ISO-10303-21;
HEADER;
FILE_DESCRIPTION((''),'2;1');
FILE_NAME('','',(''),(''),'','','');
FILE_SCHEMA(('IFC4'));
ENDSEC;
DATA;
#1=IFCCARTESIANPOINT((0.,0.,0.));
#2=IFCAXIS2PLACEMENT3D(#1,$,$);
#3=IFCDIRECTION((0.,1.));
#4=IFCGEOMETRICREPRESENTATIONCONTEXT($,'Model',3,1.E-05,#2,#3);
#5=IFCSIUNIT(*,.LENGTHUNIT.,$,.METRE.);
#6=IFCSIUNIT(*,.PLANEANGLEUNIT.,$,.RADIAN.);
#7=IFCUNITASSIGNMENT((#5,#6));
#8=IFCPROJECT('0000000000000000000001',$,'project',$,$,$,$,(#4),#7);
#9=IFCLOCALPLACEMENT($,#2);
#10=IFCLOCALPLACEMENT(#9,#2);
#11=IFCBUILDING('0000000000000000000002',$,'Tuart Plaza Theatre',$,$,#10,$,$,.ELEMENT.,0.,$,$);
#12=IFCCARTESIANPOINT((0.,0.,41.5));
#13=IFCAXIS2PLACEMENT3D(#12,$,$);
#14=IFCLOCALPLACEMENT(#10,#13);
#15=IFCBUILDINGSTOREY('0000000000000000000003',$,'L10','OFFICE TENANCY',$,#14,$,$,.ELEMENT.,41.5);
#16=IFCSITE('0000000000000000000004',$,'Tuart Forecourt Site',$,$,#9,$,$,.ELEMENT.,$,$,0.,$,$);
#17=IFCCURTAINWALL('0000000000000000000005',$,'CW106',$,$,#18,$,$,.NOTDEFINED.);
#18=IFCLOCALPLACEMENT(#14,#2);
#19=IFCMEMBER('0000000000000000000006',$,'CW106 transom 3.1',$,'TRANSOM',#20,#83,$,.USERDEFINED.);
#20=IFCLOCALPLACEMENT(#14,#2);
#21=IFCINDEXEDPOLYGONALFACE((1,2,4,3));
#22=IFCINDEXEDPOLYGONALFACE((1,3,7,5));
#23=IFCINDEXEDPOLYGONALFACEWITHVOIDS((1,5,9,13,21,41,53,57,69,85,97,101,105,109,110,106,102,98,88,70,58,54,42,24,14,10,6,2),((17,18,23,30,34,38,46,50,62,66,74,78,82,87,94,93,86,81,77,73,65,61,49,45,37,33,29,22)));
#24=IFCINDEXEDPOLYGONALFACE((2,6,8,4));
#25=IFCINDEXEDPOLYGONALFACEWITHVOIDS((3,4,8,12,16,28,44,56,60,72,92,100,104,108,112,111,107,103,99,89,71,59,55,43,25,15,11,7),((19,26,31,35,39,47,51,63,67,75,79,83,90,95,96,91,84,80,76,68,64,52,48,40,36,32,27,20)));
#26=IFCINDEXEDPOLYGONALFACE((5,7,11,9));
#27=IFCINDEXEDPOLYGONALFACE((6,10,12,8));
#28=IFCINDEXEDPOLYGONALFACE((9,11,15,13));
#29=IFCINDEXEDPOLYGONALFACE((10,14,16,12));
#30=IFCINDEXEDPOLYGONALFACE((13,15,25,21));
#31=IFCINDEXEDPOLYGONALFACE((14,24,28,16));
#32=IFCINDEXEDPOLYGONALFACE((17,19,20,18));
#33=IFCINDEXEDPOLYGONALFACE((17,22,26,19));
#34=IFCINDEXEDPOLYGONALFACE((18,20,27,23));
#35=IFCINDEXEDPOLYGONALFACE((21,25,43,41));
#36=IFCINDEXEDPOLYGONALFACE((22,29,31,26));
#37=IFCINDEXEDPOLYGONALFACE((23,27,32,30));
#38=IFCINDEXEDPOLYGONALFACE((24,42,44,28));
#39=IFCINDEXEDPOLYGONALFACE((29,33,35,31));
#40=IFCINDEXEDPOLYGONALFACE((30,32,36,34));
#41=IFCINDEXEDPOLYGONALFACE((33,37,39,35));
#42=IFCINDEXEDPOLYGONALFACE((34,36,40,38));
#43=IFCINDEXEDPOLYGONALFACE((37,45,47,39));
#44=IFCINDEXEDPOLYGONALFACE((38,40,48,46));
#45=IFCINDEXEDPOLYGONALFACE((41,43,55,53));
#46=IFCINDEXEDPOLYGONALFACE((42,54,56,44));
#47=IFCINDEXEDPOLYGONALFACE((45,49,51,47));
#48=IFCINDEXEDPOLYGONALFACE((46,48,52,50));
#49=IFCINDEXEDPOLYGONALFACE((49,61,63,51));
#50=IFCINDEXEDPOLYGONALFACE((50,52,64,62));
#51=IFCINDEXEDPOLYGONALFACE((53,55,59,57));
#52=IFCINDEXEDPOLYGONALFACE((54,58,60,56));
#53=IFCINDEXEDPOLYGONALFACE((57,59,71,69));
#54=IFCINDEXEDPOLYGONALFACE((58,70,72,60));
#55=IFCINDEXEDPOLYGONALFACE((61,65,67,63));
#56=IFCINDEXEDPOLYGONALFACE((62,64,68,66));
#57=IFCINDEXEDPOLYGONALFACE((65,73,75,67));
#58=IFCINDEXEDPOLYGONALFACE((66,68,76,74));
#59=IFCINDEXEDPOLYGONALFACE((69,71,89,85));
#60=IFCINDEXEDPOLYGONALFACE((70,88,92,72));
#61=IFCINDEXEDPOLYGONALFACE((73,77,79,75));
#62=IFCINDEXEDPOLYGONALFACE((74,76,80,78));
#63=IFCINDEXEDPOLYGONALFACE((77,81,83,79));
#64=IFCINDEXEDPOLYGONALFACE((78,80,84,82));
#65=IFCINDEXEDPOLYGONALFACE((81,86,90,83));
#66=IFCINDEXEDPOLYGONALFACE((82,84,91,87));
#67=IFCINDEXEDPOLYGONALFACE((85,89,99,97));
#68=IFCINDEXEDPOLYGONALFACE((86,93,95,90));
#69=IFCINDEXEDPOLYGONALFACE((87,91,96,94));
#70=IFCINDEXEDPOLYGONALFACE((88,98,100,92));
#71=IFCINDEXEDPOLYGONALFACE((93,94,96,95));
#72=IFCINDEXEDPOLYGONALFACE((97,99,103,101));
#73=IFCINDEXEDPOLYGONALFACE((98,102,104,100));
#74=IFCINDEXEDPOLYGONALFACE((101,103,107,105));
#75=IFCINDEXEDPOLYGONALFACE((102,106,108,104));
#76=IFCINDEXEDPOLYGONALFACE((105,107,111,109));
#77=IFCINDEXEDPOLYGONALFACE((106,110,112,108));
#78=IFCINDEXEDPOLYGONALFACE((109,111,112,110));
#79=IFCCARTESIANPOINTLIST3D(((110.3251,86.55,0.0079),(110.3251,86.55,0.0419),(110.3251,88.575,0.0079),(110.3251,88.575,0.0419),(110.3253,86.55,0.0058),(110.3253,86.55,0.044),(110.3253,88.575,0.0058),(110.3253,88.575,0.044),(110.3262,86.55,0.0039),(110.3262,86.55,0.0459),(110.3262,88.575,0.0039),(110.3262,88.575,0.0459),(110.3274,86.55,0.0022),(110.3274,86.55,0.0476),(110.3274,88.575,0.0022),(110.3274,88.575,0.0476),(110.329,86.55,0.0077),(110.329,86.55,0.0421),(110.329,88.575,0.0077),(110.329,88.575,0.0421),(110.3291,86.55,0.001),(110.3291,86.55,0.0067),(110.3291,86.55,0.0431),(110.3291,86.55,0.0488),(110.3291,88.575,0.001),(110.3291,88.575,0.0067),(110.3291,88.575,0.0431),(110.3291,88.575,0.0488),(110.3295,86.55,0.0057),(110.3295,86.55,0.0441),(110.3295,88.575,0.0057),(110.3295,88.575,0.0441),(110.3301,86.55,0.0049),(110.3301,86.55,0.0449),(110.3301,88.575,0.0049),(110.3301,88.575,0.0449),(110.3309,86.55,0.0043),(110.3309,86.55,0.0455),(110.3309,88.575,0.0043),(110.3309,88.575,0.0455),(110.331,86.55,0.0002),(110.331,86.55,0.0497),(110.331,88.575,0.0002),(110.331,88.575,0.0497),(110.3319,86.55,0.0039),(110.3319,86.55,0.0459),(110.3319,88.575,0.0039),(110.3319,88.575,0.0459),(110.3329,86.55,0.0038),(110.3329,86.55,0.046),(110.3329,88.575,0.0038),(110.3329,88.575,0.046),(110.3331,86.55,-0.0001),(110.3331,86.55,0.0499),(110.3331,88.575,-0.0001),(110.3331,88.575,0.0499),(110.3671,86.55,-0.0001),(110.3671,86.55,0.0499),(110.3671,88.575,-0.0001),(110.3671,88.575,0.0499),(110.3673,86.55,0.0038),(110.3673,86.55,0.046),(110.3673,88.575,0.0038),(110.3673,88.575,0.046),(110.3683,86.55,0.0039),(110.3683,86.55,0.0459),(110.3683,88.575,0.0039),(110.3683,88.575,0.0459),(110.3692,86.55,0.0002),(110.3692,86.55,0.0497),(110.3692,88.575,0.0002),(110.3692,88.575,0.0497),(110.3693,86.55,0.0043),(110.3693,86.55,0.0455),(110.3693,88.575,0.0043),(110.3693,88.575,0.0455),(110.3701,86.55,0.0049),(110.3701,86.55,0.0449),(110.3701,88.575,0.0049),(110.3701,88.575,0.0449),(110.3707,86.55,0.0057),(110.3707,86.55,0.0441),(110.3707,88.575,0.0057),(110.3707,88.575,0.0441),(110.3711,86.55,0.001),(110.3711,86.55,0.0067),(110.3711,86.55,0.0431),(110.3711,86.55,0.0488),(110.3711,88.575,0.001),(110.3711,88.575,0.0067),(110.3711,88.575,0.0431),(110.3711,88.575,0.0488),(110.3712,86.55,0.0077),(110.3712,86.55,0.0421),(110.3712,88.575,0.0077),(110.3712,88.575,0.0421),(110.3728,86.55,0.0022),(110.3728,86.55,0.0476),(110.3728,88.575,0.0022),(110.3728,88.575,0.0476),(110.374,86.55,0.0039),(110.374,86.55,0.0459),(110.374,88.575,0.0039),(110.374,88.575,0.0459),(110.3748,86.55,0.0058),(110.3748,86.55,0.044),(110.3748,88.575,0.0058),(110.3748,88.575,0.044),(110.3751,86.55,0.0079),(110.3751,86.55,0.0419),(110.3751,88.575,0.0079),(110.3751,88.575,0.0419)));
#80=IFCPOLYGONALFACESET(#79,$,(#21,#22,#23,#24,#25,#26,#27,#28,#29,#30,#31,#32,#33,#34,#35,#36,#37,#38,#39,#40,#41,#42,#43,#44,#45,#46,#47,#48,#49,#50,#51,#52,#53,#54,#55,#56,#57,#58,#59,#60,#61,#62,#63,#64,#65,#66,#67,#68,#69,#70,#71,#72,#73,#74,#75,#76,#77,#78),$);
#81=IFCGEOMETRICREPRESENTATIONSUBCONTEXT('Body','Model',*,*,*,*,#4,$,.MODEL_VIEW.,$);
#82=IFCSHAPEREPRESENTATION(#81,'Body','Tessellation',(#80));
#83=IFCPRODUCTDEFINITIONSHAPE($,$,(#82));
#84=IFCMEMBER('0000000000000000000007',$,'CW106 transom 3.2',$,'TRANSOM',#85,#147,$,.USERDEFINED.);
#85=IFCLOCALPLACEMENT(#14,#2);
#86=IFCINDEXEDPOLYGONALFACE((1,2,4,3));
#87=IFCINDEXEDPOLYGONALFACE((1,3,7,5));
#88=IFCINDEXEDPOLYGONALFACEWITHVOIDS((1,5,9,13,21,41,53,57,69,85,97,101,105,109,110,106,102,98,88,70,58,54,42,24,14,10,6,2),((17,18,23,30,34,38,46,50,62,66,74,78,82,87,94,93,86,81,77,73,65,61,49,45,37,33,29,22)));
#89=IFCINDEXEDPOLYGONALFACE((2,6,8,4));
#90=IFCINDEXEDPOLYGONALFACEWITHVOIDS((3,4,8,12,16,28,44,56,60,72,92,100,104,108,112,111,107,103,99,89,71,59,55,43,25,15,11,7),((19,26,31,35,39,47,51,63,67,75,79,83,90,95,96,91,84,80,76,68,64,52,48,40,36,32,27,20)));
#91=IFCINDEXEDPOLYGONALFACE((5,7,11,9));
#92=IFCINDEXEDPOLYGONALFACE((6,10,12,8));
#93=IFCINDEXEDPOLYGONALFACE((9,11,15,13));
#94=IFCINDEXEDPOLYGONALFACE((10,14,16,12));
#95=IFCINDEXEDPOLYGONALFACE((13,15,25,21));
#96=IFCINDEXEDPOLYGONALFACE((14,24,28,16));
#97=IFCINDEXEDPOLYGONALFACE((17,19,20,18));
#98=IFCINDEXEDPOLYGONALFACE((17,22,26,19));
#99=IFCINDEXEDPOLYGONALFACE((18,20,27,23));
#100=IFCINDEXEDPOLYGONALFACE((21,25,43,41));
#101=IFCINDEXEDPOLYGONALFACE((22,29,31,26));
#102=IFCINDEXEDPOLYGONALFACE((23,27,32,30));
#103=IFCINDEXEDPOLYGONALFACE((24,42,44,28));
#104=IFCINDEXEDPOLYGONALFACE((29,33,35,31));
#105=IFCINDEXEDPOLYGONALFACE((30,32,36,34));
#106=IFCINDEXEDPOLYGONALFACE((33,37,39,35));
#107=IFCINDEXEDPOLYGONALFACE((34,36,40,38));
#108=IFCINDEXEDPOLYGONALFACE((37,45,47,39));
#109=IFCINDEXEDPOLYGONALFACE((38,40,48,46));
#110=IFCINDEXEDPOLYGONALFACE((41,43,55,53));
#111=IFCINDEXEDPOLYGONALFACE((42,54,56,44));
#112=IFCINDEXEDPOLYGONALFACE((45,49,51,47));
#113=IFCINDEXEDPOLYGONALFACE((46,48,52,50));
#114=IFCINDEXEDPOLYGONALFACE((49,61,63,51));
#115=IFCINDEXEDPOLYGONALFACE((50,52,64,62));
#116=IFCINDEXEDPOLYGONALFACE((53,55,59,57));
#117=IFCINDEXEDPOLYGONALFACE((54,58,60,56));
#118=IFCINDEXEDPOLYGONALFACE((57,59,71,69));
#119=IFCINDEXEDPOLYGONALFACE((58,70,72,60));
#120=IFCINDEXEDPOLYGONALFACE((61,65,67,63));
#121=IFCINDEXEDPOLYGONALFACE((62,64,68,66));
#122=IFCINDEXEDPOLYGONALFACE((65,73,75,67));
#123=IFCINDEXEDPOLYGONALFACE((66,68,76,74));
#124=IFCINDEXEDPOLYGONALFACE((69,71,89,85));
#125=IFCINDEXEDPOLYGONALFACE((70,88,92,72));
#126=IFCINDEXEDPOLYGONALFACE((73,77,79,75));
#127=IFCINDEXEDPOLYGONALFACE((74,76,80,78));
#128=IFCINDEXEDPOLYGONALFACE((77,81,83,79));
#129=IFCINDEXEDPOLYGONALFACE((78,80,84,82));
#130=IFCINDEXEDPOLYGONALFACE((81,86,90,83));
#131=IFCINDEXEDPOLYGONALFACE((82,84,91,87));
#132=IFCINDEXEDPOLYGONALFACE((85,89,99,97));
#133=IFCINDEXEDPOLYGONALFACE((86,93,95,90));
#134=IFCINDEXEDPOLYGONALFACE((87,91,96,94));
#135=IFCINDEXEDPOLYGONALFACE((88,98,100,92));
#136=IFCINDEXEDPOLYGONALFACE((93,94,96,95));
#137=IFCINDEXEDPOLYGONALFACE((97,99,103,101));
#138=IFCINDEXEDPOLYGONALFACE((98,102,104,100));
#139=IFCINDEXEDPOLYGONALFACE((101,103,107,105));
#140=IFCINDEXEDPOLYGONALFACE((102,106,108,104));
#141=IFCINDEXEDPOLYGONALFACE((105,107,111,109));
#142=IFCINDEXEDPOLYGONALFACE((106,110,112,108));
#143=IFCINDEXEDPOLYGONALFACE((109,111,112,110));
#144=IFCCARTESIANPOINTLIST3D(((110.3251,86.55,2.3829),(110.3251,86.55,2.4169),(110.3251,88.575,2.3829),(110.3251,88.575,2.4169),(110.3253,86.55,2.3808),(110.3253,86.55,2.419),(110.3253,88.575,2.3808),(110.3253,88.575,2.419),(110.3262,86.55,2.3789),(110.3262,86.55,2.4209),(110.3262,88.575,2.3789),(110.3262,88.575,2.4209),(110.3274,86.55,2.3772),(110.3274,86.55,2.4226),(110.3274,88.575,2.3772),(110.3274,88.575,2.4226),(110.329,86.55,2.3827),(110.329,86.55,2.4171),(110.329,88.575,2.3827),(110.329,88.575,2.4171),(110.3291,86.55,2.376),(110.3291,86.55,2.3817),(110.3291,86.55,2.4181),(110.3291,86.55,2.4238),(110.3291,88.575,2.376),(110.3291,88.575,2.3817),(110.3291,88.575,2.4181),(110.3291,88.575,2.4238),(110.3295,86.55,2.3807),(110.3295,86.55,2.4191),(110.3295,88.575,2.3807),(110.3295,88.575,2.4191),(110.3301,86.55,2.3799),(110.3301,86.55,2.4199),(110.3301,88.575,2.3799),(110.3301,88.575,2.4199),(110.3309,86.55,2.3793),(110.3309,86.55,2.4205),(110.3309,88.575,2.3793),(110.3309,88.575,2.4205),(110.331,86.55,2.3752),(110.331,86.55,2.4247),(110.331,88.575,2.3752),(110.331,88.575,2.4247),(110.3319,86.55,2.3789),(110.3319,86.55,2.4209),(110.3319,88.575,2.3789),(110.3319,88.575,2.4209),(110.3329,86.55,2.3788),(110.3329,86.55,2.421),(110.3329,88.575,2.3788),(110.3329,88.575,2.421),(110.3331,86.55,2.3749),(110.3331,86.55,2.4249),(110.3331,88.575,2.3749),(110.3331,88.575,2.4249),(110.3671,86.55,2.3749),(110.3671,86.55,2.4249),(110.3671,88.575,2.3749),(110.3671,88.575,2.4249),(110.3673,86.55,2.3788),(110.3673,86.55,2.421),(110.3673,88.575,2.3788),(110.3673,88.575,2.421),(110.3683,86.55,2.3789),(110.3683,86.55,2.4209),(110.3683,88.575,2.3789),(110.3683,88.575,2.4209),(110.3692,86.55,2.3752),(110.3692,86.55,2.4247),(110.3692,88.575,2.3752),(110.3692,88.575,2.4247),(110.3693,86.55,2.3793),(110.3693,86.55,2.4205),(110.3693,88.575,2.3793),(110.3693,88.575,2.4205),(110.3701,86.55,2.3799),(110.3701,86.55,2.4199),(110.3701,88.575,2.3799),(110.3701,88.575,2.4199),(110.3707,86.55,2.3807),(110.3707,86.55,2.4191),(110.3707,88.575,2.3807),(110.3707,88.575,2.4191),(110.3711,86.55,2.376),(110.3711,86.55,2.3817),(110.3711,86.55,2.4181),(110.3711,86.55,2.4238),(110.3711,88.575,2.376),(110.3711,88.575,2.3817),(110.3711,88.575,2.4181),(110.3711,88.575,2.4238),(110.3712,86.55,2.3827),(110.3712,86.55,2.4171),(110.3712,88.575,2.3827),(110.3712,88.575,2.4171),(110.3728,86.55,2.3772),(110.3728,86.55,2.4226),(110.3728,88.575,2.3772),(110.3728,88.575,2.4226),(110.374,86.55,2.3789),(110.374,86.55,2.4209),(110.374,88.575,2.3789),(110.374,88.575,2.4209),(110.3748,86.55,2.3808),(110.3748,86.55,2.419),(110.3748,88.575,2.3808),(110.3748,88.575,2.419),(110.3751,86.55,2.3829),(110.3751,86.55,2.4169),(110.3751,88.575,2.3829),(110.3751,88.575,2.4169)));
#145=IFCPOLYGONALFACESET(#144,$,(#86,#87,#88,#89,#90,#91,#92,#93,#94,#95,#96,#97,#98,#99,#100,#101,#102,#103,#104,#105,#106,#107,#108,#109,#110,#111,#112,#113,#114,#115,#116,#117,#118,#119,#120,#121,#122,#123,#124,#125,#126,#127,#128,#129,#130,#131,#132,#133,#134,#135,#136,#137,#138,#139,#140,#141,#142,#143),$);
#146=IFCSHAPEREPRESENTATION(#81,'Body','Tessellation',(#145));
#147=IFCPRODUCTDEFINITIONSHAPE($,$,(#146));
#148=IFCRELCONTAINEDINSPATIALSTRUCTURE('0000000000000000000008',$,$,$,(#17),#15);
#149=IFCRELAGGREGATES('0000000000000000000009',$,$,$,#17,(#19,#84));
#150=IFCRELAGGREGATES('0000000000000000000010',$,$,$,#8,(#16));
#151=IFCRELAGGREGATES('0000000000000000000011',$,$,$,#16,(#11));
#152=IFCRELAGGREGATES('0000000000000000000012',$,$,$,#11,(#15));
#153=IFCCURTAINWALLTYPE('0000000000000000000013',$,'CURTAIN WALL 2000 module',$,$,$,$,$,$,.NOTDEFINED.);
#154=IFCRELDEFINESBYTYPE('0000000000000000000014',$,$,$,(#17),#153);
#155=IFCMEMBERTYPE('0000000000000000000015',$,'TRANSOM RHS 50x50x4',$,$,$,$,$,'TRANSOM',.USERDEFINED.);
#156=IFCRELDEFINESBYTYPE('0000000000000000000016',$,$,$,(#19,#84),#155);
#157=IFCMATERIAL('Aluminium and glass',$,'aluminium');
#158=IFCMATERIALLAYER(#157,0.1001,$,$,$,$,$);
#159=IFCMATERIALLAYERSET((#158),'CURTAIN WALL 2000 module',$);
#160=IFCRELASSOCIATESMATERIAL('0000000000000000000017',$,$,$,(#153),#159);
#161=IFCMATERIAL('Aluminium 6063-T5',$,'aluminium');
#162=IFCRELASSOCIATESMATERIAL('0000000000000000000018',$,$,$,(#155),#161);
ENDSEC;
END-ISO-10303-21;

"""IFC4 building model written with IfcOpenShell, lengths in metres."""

from ifc_helpers import new_model, si_unit, direction, frame, origin, origin_2d, place, context, subcontext, project, spatial, hollow_rectangle, extrude, material, layer, layer_set, material_profile, profile_set, type_object, element, aggregate, save


model = new_model("IFC4")

# Units and contexts
model_context = context("Model", 3, precision=1e-05, world=origin(), true_north=direction((0.0, 1.0)))
body_context = subcontext(model_context, "Body", "Model", "MODEL_VIEW")
ifc_project = project(units=[si_unit("LENGTHUNIT", "METRE"), si_unit("PLANEANGLEUNIT", "RADIAN")], contexts=[model_context])

# Site, building, storey
site_placement = place(None, origin())
site = spatial("IfcSite", under=ifc_project, at=site_placement, Name="Tuart Forecourt Site", CompositionType="ELEMENT", RefElevation=0.0)
building_placement = place(site_placement, origin())
building = spatial("IfcBuilding", under=site, at=building_placement, Name="Tuart Plaza Theatre", CompositionType="ELEMENT", ElevationOfRefHeight=0.0)
storey_placement = place(building_placement, frame((0.0, 0.0, 41.5)))
storey = spatial("IfcBuildingStorey", under=building, at=storey_placement, Name="L10", Description="OFFICE TENANCY", CompositionType="ELEMENT", Elevation=41.5)

# Curtain wall, members
ifc_material_1 = material(Name="Aluminium and glass", Category="aluminium")
ifc_layer_1 = layer(ifc_material_1, 0.1001)
ifc_layer_set_1 = layer_set([ifc_layer_1], Name="CURTAIN WALL 2000 module")
curtain_wall_type = type_object("IfcCurtainWallType", Name="CURTAIN WALL 2000 module", PredefinedType="NOTDEFINED", material=ifc_layer_set_1)
curtain_wall_placement = place(storey_placement, origin())
curtain_wall = element("IfcCurtainWall", 1, at=curtain_wall_placement, inside=storey, type_object=curtain_wall_type, Name="CW106", PredefinedType="NOTDEFINED")
ifc_material_2 = material(Name="Aluminium 6063-T5", Category="aluminium")
ifc_material_profile_1 = material_profile(ifc_material_2, hollow_rectangle(XDim=0.05, YDim=0.05, WallThickness=0.0039, InnerFilletRadius=0.0039, OuterFilletRadius=0.0081, at=origin_2d()), Name="RHS 50x50x4")
ifc_profile_set_1 = profile_set([ifc_material_profile_1], Name="Aluminium 6063-T5")
member_type_1 = type_object("IfcMemberType", Name="TRANSOM RHS 50x50x4", ElementType="TRANSOM", PredefinedType="USERDEFINED", material=ifc_profile_set_1)
member_1_placement = place(storey_placement, frame((110.3501, 88.575, 0.0249), z_axis=(0.0, -1.0, 0.0), x_axis=(1.0, 0.0, 0.0)))
member_1 = element("IfcMember", 2, at=member_1_placement, type_object=member_type_1, Name="CW106 transom 3.1", ObjectType="TRANSOM", PredefinedType="USERDEFINED", context=body_context, shape_type="SweptSolid", body=[
    extrude(hollow_rectangle(XDim=0.05, YDim=0.05, WallThickness=0.0039, InnerFilletRadius=0.0039, OuterFilletRadius=0.0081, at=origin_2d()), origin(), (0.0, 0.0, 1.0), 2.0249),
])
member_2_placement = place(storey_placement, frame((110.3501, 88.575, 2.3999), z_axis=(0.0, -1.0, 0.0), x_axis=(1.0, 0.0, 0.0)))
member_2 = element("IfcMember", 3, at=member_2_placement, type_object=member_type_1, Name="CW106 transom 3.2", ObjectType="TRANSOM", PredefinedType="USERDEFINED", context=body_context, shape_type="SweptSolid", body=[
    extrude(hollow_rectangle(XDim=0.05, YDim=0.05, WallThickness=0.0039, InnerFilletRadius=0.0039, OuterFilletRadius=0.0081, at=origin_2d()), origin(), (0.0, 0.0, 1.0), 2.0249),
])
aggregate(curtain_wall, [member_1, member_2])

save(model, "model.ifc")
